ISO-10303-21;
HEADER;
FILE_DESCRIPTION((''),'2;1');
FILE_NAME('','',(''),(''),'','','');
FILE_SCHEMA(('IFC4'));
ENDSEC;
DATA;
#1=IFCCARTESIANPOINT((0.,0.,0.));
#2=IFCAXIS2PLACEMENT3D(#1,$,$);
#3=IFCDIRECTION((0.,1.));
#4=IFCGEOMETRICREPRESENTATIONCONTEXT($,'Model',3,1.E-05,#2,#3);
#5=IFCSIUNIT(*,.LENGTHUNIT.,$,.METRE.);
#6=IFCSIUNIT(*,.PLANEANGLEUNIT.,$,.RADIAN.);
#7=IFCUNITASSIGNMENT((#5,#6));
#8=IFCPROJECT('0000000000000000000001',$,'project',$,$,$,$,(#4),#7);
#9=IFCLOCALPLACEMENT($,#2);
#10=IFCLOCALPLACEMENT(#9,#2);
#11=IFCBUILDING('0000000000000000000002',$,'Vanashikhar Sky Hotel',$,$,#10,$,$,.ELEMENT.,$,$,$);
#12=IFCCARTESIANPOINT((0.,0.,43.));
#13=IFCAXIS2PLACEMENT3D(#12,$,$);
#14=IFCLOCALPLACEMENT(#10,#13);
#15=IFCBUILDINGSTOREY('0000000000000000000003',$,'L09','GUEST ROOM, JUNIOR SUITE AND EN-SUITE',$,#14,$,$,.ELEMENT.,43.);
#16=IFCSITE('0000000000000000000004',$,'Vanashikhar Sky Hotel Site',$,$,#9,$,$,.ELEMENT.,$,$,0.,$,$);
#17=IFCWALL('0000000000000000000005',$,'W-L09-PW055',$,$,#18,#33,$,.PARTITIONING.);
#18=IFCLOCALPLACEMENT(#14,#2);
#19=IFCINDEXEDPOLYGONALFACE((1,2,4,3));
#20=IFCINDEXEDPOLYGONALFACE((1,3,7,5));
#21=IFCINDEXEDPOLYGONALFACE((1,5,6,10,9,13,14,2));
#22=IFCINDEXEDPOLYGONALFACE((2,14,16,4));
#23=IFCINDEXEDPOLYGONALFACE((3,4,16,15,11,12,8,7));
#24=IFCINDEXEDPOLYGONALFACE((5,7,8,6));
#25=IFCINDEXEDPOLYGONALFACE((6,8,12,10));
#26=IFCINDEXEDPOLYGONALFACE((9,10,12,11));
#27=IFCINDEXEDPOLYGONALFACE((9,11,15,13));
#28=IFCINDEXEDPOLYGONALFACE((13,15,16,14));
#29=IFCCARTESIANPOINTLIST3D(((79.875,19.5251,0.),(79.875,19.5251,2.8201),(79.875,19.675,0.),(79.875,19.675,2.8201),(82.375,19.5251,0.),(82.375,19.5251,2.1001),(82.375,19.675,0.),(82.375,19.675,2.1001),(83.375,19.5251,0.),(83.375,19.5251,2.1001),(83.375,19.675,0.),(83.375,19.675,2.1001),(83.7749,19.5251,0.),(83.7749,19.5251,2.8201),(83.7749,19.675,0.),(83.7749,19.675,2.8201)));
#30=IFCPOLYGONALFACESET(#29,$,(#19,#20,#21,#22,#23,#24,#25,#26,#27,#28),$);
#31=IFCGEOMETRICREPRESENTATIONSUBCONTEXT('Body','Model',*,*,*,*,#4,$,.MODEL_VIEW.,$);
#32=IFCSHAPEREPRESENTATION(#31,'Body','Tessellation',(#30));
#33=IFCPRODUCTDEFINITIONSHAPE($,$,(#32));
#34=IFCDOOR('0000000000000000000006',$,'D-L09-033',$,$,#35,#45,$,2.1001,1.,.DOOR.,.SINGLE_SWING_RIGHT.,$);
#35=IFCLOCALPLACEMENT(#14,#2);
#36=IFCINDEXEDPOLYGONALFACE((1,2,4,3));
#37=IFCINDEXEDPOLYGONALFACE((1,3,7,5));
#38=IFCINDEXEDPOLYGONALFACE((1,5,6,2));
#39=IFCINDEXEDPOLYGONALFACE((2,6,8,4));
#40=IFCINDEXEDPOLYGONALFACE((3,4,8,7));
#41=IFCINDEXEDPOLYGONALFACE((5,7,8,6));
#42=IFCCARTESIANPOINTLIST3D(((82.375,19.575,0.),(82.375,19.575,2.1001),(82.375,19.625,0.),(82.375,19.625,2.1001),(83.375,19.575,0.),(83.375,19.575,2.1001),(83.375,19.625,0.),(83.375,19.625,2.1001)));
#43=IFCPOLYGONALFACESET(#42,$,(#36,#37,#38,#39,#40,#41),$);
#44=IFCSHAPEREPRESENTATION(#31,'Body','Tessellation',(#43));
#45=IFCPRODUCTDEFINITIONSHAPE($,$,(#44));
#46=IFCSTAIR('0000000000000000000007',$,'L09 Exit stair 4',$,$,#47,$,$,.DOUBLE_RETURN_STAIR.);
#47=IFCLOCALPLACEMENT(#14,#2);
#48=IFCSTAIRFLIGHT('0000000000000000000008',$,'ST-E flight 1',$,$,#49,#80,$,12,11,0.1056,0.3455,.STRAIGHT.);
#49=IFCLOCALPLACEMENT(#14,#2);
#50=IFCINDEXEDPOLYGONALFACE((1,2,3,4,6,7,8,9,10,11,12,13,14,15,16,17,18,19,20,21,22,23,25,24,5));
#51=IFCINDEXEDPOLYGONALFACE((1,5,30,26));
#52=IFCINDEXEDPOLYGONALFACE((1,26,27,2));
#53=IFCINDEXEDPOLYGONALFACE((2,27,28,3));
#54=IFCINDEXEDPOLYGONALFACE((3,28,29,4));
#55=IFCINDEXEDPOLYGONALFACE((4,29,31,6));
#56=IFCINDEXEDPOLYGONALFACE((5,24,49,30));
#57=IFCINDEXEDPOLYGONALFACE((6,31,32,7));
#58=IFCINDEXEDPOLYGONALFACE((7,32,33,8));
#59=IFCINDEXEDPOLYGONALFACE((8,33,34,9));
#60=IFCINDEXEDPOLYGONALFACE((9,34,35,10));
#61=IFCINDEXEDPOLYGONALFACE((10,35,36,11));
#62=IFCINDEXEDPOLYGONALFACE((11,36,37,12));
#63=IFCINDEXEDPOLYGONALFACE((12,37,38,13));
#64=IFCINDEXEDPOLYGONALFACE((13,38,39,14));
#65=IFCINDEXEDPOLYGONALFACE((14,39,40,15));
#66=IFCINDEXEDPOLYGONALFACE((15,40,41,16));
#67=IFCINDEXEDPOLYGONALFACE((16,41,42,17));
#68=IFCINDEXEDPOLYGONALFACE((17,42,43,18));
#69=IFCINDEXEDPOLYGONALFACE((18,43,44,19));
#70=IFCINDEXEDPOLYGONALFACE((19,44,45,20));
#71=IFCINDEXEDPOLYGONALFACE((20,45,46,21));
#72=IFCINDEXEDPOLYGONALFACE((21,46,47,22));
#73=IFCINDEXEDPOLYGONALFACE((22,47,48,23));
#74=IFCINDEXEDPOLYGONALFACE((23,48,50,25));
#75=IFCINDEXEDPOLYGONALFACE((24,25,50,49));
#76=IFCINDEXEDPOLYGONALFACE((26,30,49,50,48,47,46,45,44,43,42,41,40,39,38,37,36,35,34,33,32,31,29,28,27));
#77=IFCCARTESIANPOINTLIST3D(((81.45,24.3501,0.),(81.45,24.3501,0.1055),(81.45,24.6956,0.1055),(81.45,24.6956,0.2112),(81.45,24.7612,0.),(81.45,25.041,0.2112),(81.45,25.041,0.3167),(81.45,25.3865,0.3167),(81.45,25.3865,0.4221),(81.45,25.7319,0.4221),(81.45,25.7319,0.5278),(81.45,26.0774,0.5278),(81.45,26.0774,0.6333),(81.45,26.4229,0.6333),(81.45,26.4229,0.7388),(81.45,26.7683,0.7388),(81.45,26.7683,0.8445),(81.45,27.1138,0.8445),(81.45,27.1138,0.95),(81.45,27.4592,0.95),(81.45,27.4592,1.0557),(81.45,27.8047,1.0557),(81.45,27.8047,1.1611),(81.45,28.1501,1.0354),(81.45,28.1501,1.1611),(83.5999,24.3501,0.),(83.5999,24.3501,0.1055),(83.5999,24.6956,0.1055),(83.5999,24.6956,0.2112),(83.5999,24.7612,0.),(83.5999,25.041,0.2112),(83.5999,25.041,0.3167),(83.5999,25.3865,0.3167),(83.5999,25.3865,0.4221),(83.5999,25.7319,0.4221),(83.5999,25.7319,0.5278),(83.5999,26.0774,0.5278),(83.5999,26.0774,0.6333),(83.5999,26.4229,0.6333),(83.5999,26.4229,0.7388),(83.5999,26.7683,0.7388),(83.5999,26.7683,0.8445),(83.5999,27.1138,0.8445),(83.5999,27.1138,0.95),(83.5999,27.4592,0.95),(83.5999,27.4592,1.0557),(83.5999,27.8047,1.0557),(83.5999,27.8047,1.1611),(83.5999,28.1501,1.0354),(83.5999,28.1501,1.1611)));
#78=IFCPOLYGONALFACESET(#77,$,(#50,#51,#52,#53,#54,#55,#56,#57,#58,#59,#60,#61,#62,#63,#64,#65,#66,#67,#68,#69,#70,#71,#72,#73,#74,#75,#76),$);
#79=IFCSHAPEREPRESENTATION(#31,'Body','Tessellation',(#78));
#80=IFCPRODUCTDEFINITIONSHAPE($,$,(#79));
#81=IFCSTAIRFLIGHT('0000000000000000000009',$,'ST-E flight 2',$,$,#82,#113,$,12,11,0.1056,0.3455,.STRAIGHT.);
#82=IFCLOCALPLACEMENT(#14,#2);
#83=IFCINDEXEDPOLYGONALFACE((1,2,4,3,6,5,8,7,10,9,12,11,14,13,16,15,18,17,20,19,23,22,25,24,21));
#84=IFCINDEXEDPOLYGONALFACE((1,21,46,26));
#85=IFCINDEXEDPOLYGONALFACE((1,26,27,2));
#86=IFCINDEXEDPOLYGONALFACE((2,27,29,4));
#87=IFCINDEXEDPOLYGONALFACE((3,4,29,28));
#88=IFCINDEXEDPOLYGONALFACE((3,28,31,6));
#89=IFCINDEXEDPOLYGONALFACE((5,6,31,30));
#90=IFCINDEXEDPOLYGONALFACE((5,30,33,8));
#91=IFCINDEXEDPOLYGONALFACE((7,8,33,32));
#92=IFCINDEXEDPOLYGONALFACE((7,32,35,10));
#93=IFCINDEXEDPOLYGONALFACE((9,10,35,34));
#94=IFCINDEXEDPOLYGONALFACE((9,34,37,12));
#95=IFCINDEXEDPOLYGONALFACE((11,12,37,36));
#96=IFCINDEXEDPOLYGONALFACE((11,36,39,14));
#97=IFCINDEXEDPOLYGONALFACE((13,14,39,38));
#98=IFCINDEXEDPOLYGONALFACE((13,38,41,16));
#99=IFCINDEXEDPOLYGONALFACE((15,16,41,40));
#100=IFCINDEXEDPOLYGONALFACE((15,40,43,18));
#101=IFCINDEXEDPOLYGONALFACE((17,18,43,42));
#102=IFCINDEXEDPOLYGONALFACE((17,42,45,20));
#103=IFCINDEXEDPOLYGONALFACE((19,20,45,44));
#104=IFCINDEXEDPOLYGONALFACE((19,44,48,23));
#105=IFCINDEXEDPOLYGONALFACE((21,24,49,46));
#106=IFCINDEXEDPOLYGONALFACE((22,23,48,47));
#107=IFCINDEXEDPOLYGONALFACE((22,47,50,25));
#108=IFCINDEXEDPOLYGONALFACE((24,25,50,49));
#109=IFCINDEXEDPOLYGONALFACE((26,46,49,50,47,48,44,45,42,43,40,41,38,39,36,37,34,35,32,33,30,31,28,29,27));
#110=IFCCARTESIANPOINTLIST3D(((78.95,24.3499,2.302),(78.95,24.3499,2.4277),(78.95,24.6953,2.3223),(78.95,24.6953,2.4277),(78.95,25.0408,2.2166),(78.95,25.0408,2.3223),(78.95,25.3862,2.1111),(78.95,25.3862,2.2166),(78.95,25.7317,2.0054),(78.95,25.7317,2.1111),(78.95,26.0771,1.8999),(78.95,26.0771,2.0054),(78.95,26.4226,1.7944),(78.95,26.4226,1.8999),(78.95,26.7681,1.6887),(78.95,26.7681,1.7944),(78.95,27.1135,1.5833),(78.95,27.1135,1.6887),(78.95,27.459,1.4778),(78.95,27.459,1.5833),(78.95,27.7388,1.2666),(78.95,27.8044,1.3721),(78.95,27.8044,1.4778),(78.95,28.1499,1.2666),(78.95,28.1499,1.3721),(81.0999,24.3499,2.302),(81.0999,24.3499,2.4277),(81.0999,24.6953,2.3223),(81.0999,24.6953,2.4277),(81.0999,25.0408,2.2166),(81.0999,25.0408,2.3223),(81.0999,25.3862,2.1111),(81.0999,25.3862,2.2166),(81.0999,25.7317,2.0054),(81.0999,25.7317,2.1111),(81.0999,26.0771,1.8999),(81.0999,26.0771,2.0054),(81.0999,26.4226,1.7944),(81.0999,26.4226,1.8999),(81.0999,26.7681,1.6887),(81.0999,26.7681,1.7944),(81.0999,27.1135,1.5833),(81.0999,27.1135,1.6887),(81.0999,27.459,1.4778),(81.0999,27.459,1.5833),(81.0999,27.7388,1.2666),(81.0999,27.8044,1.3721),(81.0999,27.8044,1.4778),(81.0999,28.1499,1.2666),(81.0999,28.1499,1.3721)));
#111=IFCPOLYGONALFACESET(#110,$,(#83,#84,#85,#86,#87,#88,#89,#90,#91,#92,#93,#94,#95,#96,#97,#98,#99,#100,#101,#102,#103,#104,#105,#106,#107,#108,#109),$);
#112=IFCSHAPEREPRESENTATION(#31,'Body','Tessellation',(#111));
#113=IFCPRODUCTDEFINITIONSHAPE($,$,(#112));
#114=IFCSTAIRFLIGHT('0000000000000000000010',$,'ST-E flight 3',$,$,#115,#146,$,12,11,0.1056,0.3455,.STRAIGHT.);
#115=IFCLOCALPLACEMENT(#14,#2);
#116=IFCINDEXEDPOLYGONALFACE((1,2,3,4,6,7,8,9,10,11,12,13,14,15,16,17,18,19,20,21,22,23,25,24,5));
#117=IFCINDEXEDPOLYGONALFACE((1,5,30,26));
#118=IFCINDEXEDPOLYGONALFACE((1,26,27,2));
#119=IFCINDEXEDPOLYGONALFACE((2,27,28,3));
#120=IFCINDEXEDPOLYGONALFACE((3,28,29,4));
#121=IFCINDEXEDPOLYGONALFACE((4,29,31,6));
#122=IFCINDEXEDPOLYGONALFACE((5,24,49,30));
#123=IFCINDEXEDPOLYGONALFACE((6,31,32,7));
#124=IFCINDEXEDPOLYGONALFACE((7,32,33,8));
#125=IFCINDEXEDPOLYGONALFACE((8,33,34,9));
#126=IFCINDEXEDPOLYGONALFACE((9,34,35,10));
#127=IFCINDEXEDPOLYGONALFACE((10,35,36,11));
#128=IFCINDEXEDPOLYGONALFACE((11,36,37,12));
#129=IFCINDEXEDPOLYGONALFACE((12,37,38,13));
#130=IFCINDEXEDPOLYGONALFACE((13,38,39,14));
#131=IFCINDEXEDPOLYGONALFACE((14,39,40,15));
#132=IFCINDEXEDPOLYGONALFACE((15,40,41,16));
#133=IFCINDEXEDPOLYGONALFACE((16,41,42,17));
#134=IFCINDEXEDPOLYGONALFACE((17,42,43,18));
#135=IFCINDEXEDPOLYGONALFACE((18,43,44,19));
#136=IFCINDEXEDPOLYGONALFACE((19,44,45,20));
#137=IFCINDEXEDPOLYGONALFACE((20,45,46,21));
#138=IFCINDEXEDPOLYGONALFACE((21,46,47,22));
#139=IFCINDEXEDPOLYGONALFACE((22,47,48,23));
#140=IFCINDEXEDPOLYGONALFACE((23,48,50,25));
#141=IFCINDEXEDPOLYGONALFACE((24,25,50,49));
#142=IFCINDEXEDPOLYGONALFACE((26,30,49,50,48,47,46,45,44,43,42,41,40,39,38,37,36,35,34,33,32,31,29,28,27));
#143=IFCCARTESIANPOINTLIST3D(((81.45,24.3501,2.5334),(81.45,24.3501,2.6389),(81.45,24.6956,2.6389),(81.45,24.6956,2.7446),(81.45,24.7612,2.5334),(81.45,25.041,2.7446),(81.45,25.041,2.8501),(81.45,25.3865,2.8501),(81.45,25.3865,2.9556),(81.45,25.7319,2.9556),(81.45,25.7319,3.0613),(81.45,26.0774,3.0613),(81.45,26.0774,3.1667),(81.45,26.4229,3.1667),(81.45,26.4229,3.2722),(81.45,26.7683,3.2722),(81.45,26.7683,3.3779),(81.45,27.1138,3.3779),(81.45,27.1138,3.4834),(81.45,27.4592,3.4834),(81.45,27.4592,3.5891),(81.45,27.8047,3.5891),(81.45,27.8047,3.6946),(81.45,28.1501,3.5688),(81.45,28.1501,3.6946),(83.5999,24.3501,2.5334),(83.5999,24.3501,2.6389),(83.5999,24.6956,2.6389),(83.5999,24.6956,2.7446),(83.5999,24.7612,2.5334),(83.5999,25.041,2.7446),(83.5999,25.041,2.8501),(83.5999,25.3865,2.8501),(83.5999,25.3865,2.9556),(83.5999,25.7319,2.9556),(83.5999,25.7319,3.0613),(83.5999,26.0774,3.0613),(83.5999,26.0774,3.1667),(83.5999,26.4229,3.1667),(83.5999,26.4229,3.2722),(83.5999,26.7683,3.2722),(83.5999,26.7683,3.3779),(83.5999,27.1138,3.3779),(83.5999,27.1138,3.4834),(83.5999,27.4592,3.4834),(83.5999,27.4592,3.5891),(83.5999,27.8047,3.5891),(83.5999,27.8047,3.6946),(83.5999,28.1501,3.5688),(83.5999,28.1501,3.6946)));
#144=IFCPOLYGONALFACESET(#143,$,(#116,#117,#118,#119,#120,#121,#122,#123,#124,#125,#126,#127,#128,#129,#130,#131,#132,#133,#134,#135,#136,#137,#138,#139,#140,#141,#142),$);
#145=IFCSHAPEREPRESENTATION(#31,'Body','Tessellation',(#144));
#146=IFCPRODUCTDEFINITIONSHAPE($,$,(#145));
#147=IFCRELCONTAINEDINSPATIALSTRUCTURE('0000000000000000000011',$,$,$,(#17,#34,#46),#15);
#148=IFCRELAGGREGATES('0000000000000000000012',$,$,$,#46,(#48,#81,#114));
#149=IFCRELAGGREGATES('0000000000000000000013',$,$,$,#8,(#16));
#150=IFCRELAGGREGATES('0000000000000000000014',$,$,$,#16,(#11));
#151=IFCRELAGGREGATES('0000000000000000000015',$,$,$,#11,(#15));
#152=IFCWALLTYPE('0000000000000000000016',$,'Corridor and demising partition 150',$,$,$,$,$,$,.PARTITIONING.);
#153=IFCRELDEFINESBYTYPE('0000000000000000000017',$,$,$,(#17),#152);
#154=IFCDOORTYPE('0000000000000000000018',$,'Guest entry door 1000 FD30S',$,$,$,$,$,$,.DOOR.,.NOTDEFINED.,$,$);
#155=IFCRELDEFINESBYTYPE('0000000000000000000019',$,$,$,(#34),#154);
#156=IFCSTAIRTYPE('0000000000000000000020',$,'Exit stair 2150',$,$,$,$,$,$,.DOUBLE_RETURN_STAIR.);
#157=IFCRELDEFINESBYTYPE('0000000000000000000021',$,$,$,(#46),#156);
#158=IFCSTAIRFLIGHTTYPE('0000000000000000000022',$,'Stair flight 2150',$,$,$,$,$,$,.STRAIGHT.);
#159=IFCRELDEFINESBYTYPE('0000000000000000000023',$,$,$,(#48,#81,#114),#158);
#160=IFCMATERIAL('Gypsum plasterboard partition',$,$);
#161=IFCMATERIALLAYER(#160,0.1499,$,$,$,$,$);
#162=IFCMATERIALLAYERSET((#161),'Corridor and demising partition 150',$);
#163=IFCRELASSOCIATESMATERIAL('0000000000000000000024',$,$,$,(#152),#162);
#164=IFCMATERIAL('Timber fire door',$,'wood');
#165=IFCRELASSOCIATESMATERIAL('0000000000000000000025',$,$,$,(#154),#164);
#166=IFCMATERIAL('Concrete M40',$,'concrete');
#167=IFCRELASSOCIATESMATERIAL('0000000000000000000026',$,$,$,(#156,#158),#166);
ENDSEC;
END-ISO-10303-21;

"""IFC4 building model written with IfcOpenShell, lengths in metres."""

from ifc_helpers import new_model, si_unit, direction, frame, frame_2d, origin, place, context, subcontext, project, spatial, polyline, rectangle, outline, extrude, source, transform, mapped, material, layer, layer_set, type_object, element, fill, aggregate, save


model = new_model("IFC4")

# Units and contexts
model_context = context("Model", 3, precision=1e-05, world=origin(), true_north=direction((0.0, 1.0)))
body_context = subcontext(model_context, "Body", "Model", "MODEL_VIEW")
ifc_project = project(units=[si_unit("LENGTHUNIT", "METRE"), si_unit("PLANEANGLEUNIT", "RADIAN")], contexts=[model_context])

# Site, building, storey
site_placement = place(None, origin())
site = spatial("IfcSite", under=ifc_project, at=site_placement, Name="Vanashikhar Sky Hotel Site", CompositionType="ELEMENT", RefElevation=0.0)
building_placement = place(site_placement, origin())
building = spatial("IfcBuilding", under=site, at=building_placement, Name="Vanashikhar Sky Hotel", CompositionType="ELEMENT")
storey_placement = place(building_placement, frame((0.0, 0.0, 43.0)))
storey = spatial("IfcBuildingStorey", under=building, at=storey_placement, Name="L09", Description="GUEST ROOM, JUNIOR SUITE AND EN-SUITE", CompositionType="ELEMENT", Elevation=43.0)

# Shared definitions
shared_shape_1 = source(origin(), body_context, "Body", "SweptSolid", [
    extrude(rectangle(XDim=1.0, YDim=2.1001, at=frame_2d((0.5, 1.05))), frame((0.0, 0.0249, 0.0), z_axis=(0.0, -1.0, 0.0), x_axis=(1.0, 0.0, 0.0)), (0.0, 0.0, 1.0), 0.05),
])

# Shared definitions
ifc_material_1 = material(Name="Concrete M40", Category="concrete")

# Wall, opening, door
ifc_material_2 = material(Name="Gypsum plasterboard partition")
ifc_layer_1 = layer(ifc_material_2, 0.1499)
ifc_layer_set_1 = layer_set([ifc_layer_1], Name="Corridor and demising partition 150")
wall_type_1 = type_object("IfcWallType", Name="Corridor and demising partition 150", PredefinedType="PARTITIONING", material=ifc_layer_set_1)
shared_shape_2 = source(origin(), body_context, "Body", "SweptSolid", [
    extrude(rectangle(XDim=3.8999, YDim=0.1499, at=frame_2d((1.95, 0.0))), origin(), (0.0, 0.0, 1.0), 2.8201),
])
wall_1_placement = place(storey_placement, frame((79.875, 19.6001, 0.0), z_axis=(0.0, 0.0, 1.0), x_axis=(1.0, 0.0, 0.0)))
wall_1 = element("IfcWall", 1, at=wall_1_placement, inside=storey, type_object=wall_type_1, Name="W-L09-PW055", PredefinedType="PARTITIONING", context=body_context, shape_type="MappedRepresentation", body=[
    mapped(shared_shape_2, transform((0.0, 0.0, 0.0), scale=1.0)),
])
shared_shape_3 = source(origin(), body_context, "Body", "SweptSolid", [
    extrude(rectangle(XDim=1.0, YDim=2.1001, at=frame_2d((0.5, 1.05))), frame((0.0, 0.085, 0.0), z_axis=(0.0, -1.0, 0.0), x_axis=(1.0, 0.0, 0.0)), (0.0, 0.0, 1.0), 0.1699),
])
opening_1_placement = place(wall_1_placement, frame((2.5, 0.0, 0.0)))
opening_1 = element("IfcOpeningElement", 2, at=opening_1_placement, cuts=wall_1, PredefinedType="OPENING", context=body_context, shape_type="MappedRepresentation", body=[
    mapped(shared_shape_3, transform((0.0, 0.0, 0.0), scale=1.0)),
])
ifc_material_3 = material(Name="Timber fire door", Category="wood")
door_type_1 = type_object("IfcDoorType", Name="Guest entry door 1000 FD30S", OperationType="NOTDEFINED", PredefinedType="DOOR", material=ifc_material_3)
door_1_placement = place(opening_1_placement, origin())
door_1 = element("IfcDoor", 3, at=door_1_placement, inside=storey, type_object=door_type_1, Name="D-L09-033", OperationType="SINGLE_SWING_RIGHT", OverallHeight=2.1001, OverallWidth=1.0, PredefinedType="DOOR", context=body_context, shape_type="MappedRepresentation", body=[
    mapped(shared_shape_1, transform((0.0, 0.0, 0.0), scale=1.0)),
])
fill(opening_1, door_1)

# Stair, stair flights
stair_type = type_object("IfcStairType", Name="Exit stair 2150", PredefinedType="DOUBLE_RETURN_STAIR", material=ifc_material_1)
stair_placement = place(storey_placement, origin())
stair = element("IfcStair", 4, at=stair_placement, inside=storey, type_object=stair_type, Name="L09 Exit stair 4", PredefinedType="DOUBLE_RETURN_STAIR")
stair_flight_type = type_object("IfcStairFlightType", Name="Stair flight 2150", PredefinedType="STRAIGHT", material=ifc_material_1)
shared_shape_4 = source(origin(), body_context, "Body", "SweptSolid", [
    extrude(outline(polyline([(0.0, 0.0), (0.0, 0.1055), (0.3455, 0.1055), (0.3455, 0.2112), (0.6909, 0.2112), (0.6909, 0.3167), (1.0364, 0.3167), (1.0364, 0.4221), (1.3818, 0.4221), (1.3818, 0.5278), (1.7273, 0.5278), (1.7273, 0.6333), (2.0728, 0.6333), (2.0728, 0.7388), (2.4182, 0.7388), (2.4182, 0.8445), (2.7637, 0.8445), (2.7637, 0.95), (3.1091, 0.95), (3.1091, 1.0557), (3.4546, 1.0557), (3.4546, 1.1611), (3.8, 1.1611), (3.8, 1.2666), (3.8, 1.0354), (0.4111, 0.0), (0.0, 0.0)])), frame((0.0, 1.075, 0.0), z_axis=(0.0, -1.0, 0.0), x_axis=(1.0, 0.0, 0.0)), (0.0, 0.0, 1.0), 2.1499),
])
stair_flight_1_placement = place(storey_placement, frame((82.5249, 24.3501, 0.0), z_axis=(0.0, 0.0, 1.0), x_axis=(0.0, 1.0, 0.0)))
stair_flight_1 = element("IfcStairFlight", 5, at=stair_flight_1_placement, type_object=stair_flight_type, Name="ST-E flight 1", NumberOfRisers=12, NumberOfTreads=11, PredefinedType="STRAIGHT", RiserHeight=0.1056, TreadLength=0.3455, context=body_context, shape_type="MappedRepresentation", body=[
    mapped(shared_shape_4, transform((0.0, 0.0, 0.0), scale=1.0)),
])
stair_flight_2_placement = place(storey_placement, frame((80.0249, 28.1499, 1.2666), z_axis=(0.0, 0.0, 1.0), x_axis=(0.0, -1.0, 0.0)))
stair_flight_2 = element("IfcStairFlight", 6, at=stair_flight_2_placement, type_object=stair_flight_type, Name="ST-E flight 2", NumberOfRisers=12, NumberOfTreads=11, PredefinedType="STRAIGHT", RiserHeight=0.1056, TreadLength=0.3455, context=body_context, shape_type="MappedRepresentation", body=[
    mapped(shared_shape_4, transform((0.0, 0.0, 0.0), scale=1.0)),
])
stair_flight_3_placement = place(storey_placement, frame((82.5249, 24.3501, 2.5334), z_axis=(0.0, 0.0, 1.0), x_axis=(0.0, 1.0, 0.0)))
stair_flight_3 = element("IfcStairFlight", 7, at=stair_flight_3_placement, type_object=stair_flight_type, Name="ST-E flight 3", NumberOfRisers=12, NumberOfTreads=11, PredefinedType="STRAIGHT", RiserHeight=0.1056, TreadLength=0.3455, context=body_context, shape_type="MappedRepresentation", body=[
    mapped(shared_shape_4, transform((0.0, 0.0, 0.0), scale=1.0)),
])
aggregate(stair, [stair_flight_1, stair_flight_2, stair_flight_3])

save(model, "model.ifc")
